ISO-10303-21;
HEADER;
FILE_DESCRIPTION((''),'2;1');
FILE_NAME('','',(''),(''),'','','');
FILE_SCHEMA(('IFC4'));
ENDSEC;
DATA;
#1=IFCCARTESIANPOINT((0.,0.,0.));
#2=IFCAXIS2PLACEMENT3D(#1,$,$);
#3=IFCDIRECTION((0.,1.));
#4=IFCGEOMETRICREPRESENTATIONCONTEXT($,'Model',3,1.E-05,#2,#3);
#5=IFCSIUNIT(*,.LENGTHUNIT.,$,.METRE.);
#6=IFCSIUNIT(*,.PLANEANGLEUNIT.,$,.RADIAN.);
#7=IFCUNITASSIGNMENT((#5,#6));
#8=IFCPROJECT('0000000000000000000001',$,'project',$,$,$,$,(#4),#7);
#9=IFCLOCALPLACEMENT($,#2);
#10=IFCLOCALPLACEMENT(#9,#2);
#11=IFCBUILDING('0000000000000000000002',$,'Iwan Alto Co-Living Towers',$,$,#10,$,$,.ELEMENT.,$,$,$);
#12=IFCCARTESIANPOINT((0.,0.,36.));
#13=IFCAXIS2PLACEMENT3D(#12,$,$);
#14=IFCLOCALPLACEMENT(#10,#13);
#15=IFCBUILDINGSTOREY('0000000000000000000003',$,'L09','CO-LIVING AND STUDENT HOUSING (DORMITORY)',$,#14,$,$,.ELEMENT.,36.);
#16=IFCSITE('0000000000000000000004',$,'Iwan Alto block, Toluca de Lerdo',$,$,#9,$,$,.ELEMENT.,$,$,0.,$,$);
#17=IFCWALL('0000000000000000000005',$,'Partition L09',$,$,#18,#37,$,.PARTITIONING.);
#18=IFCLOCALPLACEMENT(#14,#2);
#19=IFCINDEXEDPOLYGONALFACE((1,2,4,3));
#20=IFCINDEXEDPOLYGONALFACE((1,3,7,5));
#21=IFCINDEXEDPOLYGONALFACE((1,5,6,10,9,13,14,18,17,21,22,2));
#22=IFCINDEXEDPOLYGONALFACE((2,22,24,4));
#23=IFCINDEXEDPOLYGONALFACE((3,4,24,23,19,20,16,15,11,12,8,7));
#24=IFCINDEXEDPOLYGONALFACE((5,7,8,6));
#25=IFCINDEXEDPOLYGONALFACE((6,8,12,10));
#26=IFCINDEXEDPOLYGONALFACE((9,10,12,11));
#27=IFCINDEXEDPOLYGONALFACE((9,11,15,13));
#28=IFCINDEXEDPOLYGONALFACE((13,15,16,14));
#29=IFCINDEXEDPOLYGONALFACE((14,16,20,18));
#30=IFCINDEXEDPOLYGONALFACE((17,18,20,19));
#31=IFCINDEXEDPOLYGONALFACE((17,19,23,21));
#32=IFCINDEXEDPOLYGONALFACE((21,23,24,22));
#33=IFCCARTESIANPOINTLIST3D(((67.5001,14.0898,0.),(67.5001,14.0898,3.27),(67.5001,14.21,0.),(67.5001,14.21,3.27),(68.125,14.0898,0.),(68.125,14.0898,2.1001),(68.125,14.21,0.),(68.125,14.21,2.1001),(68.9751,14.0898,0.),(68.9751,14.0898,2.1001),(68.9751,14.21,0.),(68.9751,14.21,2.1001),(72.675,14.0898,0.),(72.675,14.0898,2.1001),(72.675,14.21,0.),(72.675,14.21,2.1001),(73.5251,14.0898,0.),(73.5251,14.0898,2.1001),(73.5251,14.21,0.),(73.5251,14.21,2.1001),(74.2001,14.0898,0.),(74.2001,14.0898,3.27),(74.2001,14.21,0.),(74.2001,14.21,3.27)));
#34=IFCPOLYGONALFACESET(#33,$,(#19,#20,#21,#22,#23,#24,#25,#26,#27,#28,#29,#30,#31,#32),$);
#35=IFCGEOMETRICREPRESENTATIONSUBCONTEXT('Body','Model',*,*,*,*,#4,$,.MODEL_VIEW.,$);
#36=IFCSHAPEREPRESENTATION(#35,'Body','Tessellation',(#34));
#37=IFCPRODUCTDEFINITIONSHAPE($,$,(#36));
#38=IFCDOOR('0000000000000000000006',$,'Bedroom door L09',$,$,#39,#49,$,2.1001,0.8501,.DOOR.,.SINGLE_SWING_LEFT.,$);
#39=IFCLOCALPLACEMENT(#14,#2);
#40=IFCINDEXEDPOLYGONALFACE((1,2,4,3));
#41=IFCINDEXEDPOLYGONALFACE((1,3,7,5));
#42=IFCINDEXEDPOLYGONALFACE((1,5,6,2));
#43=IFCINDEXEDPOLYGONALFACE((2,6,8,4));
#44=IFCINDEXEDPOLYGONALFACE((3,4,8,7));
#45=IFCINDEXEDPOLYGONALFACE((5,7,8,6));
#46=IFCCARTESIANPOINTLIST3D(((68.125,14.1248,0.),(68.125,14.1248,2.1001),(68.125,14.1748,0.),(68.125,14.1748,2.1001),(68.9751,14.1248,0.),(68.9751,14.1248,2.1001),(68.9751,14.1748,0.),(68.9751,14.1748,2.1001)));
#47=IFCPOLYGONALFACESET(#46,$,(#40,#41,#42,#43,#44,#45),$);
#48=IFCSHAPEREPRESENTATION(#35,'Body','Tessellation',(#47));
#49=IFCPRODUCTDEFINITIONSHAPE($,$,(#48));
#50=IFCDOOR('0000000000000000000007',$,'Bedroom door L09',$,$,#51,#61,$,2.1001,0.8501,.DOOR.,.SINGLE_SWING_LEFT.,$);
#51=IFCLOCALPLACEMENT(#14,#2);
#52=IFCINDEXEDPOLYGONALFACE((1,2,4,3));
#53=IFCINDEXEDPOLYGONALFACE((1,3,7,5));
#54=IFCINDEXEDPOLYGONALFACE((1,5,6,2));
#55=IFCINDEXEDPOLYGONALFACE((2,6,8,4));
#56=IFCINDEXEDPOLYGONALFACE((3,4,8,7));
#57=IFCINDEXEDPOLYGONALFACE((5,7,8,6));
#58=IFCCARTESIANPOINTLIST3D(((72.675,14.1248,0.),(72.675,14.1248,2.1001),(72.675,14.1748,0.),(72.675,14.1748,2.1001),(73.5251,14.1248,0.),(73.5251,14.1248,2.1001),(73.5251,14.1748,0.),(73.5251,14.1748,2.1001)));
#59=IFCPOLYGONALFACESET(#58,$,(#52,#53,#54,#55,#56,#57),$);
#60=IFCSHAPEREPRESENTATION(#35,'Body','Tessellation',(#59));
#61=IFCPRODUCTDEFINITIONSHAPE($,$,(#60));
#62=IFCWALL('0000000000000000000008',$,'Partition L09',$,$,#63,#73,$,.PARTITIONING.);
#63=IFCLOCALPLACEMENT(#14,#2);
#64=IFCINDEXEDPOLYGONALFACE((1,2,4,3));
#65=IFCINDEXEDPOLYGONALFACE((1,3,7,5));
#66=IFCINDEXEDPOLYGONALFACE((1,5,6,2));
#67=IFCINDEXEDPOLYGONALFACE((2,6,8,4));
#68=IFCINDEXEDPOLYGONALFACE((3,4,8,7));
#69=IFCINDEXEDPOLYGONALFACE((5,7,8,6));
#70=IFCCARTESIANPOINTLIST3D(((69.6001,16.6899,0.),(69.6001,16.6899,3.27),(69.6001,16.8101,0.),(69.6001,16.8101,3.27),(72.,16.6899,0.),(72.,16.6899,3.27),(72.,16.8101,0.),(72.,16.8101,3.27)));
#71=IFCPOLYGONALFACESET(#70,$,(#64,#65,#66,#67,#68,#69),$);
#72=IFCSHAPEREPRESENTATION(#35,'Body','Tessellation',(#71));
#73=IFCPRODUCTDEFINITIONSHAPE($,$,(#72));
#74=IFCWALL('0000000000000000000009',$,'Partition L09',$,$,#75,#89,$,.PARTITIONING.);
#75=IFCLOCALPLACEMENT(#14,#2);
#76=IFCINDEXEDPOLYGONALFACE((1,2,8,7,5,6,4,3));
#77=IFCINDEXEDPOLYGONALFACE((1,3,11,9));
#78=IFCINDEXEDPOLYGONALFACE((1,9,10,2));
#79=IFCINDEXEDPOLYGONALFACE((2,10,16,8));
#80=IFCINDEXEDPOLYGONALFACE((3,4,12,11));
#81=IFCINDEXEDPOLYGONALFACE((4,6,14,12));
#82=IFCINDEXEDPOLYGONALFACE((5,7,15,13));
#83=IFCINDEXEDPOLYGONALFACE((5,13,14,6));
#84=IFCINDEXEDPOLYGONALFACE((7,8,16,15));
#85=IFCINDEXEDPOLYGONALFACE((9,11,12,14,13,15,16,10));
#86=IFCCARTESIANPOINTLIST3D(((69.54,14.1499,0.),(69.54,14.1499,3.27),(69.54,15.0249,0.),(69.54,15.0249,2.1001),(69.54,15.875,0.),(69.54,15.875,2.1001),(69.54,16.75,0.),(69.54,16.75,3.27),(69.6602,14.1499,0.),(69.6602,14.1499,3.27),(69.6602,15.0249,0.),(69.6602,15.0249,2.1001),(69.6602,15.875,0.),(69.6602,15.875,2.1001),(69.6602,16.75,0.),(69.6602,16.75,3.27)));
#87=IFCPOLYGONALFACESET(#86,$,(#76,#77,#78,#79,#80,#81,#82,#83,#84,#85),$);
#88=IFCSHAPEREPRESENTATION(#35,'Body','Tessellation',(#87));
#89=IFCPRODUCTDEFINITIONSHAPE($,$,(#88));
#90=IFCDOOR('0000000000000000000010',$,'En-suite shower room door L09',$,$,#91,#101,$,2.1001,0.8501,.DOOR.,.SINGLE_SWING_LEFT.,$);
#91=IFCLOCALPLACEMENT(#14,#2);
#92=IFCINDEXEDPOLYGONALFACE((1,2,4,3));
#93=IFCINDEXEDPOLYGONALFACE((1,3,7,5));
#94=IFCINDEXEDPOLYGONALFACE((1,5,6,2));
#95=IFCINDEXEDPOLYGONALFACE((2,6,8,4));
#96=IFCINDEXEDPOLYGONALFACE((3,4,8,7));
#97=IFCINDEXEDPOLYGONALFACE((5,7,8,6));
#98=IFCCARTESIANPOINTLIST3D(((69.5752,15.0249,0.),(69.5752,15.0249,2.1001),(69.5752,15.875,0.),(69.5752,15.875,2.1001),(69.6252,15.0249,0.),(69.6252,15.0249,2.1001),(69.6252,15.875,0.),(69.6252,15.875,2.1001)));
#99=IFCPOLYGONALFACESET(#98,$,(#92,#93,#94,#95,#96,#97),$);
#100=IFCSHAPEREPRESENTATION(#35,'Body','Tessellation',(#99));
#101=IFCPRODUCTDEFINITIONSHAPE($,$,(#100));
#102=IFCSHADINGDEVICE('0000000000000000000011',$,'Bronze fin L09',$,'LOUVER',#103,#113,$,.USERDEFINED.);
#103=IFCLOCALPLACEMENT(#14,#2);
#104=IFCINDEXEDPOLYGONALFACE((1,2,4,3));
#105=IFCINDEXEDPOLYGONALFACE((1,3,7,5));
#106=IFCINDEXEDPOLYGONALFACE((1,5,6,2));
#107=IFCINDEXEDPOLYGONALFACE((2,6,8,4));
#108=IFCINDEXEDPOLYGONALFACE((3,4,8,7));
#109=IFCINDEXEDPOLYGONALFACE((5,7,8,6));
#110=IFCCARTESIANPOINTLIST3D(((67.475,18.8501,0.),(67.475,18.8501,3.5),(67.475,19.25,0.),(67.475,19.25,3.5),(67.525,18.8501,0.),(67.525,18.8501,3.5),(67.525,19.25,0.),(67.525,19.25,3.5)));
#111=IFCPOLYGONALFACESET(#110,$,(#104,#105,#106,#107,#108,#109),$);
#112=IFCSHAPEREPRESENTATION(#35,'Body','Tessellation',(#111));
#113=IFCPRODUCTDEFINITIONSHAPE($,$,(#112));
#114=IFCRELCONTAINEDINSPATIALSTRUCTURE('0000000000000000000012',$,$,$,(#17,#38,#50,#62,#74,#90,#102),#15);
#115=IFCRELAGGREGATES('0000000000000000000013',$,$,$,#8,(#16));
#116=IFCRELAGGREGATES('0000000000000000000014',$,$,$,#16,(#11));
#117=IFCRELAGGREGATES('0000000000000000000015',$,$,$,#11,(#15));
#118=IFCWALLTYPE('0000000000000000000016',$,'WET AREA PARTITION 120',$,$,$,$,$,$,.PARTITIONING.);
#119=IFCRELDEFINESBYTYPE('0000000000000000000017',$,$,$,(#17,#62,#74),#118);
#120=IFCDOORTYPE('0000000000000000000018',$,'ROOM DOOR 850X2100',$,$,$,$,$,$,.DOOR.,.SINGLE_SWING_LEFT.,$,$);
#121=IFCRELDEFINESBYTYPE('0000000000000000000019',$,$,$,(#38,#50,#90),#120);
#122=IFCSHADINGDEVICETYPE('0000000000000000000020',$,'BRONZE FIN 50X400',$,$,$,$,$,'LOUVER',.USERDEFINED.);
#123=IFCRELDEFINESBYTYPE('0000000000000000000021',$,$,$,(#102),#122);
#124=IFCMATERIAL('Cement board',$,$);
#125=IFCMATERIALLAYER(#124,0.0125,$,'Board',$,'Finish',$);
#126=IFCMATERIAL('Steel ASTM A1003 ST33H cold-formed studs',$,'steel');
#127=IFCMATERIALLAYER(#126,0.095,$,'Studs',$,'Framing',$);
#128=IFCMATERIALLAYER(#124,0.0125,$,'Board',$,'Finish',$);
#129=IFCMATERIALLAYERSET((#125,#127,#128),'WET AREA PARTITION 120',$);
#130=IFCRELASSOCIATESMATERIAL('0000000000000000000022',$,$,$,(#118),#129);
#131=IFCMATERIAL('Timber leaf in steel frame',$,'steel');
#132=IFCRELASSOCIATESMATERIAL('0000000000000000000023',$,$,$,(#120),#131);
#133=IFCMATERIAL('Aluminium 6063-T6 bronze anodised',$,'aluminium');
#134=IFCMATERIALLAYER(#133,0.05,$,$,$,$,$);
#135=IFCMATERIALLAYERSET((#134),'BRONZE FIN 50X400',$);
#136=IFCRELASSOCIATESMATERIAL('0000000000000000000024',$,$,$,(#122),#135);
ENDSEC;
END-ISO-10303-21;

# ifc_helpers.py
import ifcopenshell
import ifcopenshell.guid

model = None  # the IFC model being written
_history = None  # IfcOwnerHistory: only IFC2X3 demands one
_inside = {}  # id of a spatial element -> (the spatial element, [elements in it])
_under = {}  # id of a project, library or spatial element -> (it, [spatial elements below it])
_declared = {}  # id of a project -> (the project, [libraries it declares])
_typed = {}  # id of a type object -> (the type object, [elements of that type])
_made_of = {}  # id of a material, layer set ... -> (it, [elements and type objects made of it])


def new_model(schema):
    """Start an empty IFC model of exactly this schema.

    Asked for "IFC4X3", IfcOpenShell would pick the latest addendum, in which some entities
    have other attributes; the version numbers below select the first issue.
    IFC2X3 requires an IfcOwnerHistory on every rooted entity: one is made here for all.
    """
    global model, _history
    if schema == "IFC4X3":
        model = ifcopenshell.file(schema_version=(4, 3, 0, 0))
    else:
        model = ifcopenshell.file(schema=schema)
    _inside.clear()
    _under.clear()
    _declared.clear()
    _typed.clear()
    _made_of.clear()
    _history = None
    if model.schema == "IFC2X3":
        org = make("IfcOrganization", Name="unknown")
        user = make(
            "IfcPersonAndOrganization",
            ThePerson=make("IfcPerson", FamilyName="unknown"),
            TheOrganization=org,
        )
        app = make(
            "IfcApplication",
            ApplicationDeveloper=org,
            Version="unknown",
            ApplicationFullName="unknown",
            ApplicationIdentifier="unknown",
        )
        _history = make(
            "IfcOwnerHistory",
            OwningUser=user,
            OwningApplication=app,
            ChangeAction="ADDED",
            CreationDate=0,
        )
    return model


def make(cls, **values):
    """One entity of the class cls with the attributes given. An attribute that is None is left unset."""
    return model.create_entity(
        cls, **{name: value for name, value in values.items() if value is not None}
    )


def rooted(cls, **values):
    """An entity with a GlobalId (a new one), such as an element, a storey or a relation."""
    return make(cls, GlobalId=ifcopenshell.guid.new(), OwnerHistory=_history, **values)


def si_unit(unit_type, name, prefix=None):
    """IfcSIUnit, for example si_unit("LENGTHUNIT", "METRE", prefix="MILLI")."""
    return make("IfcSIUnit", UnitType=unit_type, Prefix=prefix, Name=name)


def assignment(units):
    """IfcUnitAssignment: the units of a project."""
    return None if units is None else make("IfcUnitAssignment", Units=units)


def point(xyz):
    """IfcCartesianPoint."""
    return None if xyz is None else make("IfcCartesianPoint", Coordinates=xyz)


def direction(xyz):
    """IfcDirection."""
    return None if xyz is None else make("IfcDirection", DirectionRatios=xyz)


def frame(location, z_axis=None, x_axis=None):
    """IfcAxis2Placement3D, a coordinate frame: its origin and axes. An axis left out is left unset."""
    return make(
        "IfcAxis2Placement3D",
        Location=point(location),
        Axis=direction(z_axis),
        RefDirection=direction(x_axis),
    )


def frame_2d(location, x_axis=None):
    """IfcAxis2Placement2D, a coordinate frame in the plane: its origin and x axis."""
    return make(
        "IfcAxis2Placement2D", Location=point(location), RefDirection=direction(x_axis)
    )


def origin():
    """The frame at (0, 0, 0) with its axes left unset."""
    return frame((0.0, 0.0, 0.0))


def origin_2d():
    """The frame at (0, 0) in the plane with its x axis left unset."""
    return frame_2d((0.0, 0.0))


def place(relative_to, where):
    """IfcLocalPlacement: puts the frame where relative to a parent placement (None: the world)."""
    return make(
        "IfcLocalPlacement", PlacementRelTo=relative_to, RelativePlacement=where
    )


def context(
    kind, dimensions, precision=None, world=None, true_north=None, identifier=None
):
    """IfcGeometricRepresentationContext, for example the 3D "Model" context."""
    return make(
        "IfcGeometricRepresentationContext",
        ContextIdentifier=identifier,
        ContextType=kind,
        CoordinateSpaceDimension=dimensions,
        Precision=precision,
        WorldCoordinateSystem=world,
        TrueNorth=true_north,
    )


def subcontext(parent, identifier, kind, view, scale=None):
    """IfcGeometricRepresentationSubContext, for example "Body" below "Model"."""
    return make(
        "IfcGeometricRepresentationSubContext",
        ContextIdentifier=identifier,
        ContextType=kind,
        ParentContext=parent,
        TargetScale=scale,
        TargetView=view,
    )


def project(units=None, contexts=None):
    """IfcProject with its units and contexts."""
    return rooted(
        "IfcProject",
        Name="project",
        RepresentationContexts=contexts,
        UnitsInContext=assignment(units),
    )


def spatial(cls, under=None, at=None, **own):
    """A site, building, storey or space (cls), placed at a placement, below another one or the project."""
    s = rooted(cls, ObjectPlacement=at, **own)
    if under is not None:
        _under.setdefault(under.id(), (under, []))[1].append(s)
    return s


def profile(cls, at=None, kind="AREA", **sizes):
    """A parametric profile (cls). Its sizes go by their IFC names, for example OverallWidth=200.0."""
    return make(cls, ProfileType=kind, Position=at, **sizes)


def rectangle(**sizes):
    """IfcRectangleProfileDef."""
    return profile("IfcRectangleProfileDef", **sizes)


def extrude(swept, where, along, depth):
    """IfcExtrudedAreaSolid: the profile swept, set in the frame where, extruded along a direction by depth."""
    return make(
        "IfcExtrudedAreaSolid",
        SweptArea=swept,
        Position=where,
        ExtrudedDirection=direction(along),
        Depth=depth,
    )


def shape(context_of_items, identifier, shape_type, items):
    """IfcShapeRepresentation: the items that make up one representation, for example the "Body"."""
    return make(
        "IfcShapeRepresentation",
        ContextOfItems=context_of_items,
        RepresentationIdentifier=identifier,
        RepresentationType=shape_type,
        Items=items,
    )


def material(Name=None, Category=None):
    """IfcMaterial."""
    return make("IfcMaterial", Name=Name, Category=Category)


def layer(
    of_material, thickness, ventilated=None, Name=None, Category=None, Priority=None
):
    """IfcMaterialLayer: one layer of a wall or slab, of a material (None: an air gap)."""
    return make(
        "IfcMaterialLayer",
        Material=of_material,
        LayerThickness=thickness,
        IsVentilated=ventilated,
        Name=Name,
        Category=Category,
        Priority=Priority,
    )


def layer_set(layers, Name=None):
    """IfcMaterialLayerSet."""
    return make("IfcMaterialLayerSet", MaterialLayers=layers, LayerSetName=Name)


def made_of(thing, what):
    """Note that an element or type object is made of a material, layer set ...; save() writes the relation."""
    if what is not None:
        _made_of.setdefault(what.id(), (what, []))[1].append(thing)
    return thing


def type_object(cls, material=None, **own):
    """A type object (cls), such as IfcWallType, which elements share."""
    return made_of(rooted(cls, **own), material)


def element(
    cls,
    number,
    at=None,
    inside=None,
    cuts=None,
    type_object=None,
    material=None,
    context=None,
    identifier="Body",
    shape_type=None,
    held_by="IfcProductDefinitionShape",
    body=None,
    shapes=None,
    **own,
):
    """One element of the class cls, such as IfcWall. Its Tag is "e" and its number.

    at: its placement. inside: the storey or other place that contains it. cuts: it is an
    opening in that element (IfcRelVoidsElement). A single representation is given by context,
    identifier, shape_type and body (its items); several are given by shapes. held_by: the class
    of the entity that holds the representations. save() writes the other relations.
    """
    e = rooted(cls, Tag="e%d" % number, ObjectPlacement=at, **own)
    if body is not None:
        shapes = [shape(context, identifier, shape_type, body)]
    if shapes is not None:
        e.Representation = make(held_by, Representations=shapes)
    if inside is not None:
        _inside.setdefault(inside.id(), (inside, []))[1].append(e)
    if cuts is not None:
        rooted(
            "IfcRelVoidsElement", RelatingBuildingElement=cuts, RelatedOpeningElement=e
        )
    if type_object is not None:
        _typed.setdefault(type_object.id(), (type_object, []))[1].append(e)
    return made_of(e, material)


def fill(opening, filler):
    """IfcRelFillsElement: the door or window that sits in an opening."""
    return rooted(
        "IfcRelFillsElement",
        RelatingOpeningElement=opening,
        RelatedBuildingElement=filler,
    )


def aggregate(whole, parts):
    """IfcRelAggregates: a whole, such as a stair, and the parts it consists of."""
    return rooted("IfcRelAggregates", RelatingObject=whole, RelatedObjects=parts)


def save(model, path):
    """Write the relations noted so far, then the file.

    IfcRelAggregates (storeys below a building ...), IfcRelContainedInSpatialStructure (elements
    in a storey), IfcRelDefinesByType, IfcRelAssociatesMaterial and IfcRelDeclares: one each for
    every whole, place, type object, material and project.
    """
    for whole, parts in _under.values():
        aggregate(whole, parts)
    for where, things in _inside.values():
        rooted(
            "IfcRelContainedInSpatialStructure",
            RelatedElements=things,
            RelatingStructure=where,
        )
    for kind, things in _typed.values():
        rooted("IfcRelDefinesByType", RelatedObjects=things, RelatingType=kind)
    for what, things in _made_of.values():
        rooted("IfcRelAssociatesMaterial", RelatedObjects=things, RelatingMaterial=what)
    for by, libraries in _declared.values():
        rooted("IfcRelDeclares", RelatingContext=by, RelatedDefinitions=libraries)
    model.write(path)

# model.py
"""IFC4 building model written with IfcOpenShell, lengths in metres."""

from ifc_helpers import new_model, si_unit, direction, frame, frame_2d, origin, origin_2d, place, context, subcontext, project, spatial, rectangle, extrude, material, layer, layer_set, type_object, element, fill, save


model = new_model("IFC4")

# Units and contexts
model_context = context("Model", 3, precision=1e-05, world=origin(), true_north=direction((0.0, 1.0)))
body_context = subcontext(model_context, "Body", "Model", "MODEL_VIEW")
ifc_project = project(units=[si_unit("LENGTHUNIT", "METRE"), si_unit("PLANEANGLEUNIT", "RADIAN")], contexts=[model_context])

# Site, building, storey
site_placement = place(None, origin())
site = spatial("IfcSite", under=ifc_project, at=site_placement, Name="Iwan Alto block, Toluca de Lerdo", CompositionType="ELEMENT", RefElevation=0.0)
building_placement = place(site_placement, origin())
building = spatial("IfcBuilding", under=site, at=building_placement, Name="Iwan Alto Co-Living Towers", CompositionType="ELEMENT")
storey_placement = place(building_placement, frame((0.0, 0.0, 36.0)))
storey = spatial("IfcBuildingStorey", under=building, at=storey_placement, Name="L09", Description="CO-LIVING AND STUDENT HOUSING (DORMITORY)", CompositionType="ELEMENT", Elevation=36.0)

# Wall, openings, doors
ifc_material_1 = material(Name="Cement board")
ifc_layer_1 = layer(ifc_material_1, 0.0125, Name="Board", Category="Finish")
ifc_material_2 = material(Name="Steel ASTM A1003 ST33H cold-formed studs", Category="steel")
ifc_layer_2 = layer(ifc_material_2, 0.095, Name="Studs", Category="Framing")
ifc_layer_3 = layer(ifc_material_1, 0.0125, Name="Board", Category="Finish")
ifc_layer_set_1 = layer_set([ifc_layer_1, ifc_layer_2, ifc_layer_3], Name="WET AREA PARTITION 120")
wall_type = type_object("IfcWallType", Name="WET AREA PARTITION 120", PredefinedType="PARTITIONING", material=ifc_layer_set_1)
wall_1_placement = place(storey_placement, frame((67.5, 14.1499, 0.0), z_axis=(0.0, 0.0, 1.0), x_axis=(1.0, 0.0, 0.0)))
wall_1 = element("IfcWall", 1, at=wall_1_placement, inside=storey, type_object=wall_type, Name="Partition L09", PredefinedType="PARTITIONING", context=body_context, shape_type="SweptSolid", body=[
    extrude(rectangle(XDim=6.7, YDim=0.1201, at=frame_2d((3.3501, 0.0))), origin(), (0.0, 0.0, 1.0), 3.27),
])
opening_1_placement = place(wall_1_placement, frame((0.625, 0.0, 0.0)))
opening_1 = element("IfcOpeningElement", 2, at=opening_1_placement, cuts=wall_1, PredefinedType="OPENING", context=body_context, shape_type="SweptSolid", body=[
    extrude(rectangle(XDim=0.8501, YDim=2.1001, at=frame_2d((0.425, 1.05))), frame((0.0, 0.0701, 0.0), z_axis=(0.0, -1.0, 0.0), x_axis=(1.0, 0.0, 0.0)), (0.0, 0.0, 1.0), 0.1401),
])
opening_2_placement = place(wall_1_placement, frame((5.175, 0.0, 0.0)))
opening_2 = element("IfcOpeningElement", 3, at=opening_2_placement, cuts=wall_1, PredefinedType="OPENING", context=body_context, shape_type="SweptSolid", body=[
    extrude(rectangle(XDim=0.8501, YDim=2.1001, at=frame_2d((0.425, 1.05))), frame((0.0, 0.0701, 0.0), z_axis=(0.0, -1.0, 0.0), x_axis=(1.0, 0.0, 0.0)), (0.0, 0.0, 1.0), 0.1401),
])
ifc_material_3 = material(Name="Timber leaf in steel frame", Category="steel")
door_type = type_object("IfcDoorType", Name="ROOM DOOR 850X2100", OperationType="SINGLE_SWING_LEFT", PredefinedType="DOOR", material=ifc_material_3)
door_1_placement = place(opening_1_placement, origin())
door_1 = element("IfcDoor", 4, at=door_1_placement, inside=storey, type_object=door_type, Name="Bedroom door L09", OperationType="SINGLE_SWING_LEFT", OverallHeight=2.1001, OverallWidth=0.8501, PredefinedType="DOOR", context=body_context, shape_type="SweptSolid", body=[
    extrude(rectangle(XDim=0.8501, YDim=2.1001, at=frame_2d((0.425, 1.05))), frame((0.0, 0.0249, 0.0), z_axis=(0.0, -1.0, 0.0), x_axis=(1.0, 0.0, 0.0)), (0.0, 0.0, 1.0), 0.05),
])
fill(opening_1, door_1)
door_2_placement = place(opening_2_placement, origin())
door_2 = element("IfcDoor", 5, at=door_2_placement, inside=storey, type_object=door_type, Name="Bedroom door L09", OperationType="SINGLE_SWING_LEFT", OverallHeight=2.1001, OverallWidth=0.8501, PredefinedType="DOOR", context=body_context, shape_type="SweptSolid", body=[
    extrude(rectangle(XDim=0.8501, YDim=2.1001, at=frame_2d((0.425, 1.05))), frame((0.0, 0.0249, 0.0), z_axis=(0.0, -1.0, 0.0), x_axis=(1.0, 0.0, 0.0)), (0.0, 0.0, 1.0), 0.05),
])
fill(opening_2, door_2)

# Wall
wall_2_placement = place(storey_placement, frame((69.6001, 16.75, 0.0), z_axis=(0.0, 0.0, 1.0), x_axis=(1.0, 0.0, 0.0)))
element("IfcWall", 6, at=wall_2_placement, inside=storey, type_object=wall_type, Name="Partition L09", PredefinedType="PARTITIONING", context=body_context, shape_type="SweptSolid", body=[
    extrude(rectangle(XDim=2.3999, YDim=0.1201, at=frame_2d((1.2, 0.0))), origin(), (0.0, 0.0, 1.0), 3.27),
])

# Wall, opening, door
wall_3_placement = place(storey_placement, frame((69.6001, 14.1499, 0.0), z_axis=(0.0, 0.0, 1.0), x_axis=(0.0, 1.0, 0.0)))
wall_3 = element("IfcWall", 7, at=wall_3_placement, inside=storey, type_object=wall_type, Name="Partition L09", PredefinedType="PARTITIONING", context=body_context, shape_type="SweptSolid", body=[
    extrude(rectangle(XDim=2.6001, YDim=0.1201, at=frame_2d((1.3, 0.0))), origin(), (0.0, 0.0, 1.0), 3.27),
])
opening_3_placement = place(wall_3_placement, frame((0.875, 0.0, 0.0)))
opening_3 = element("IfcOpeningElement", 8, at=opening_3_placement, cuts=wall_3, PredefinedType="OPENING", context=body_context, shape_type="SweptSolid", body=[
    extrude(rectangle(XDim=0.8501, YDim=2.1001, at=frame_2d((0.425, 1.05))), frame((0.0, 0.0701, 0.0), z_axis=(0.0, -1.0, 0.0), x_axis=(1.0, 0.0, 0.0)), (0.0, 0.0, 1.0), 0.1401),
])
door_3_placement = place(opening_3_placement, origin())
door_3 = element("IfcDoor", 9, at=door_3_placement, inside=storey, type_object=door_type, Name="En-suite shower room door L09", OperationType="SINGLE_SWING_LEFT", OverallHeight=2.1001, OverallWidth=0.8501, PredefinedType="DOOR", context=body_context, shape_type="SweptSolid", body=[
    extrude(rectangle(XDim=0.8501, YDim=2.1001, at=frame_2d((0.425, 1.05))), frame((0.0, 0.0249, 0.0), z_axis=(0.0, -1.0, 0.0), x_axis=(1.0, 0.0, 0.0)), (0.0, 0.0, 1.0), 0.05),
])
fill(opening_3, door_3)

# Shading device
ifc_material_4 = material(Name="Aluminium 6063-T6 bronze anodised", Category="aluminium")
ifc_layer_4 = layer(ifc_material_4, 0.05)
ifc_layer_set_2 = layer_set([ifc_layer_4], Name="BRONZE FIN 50X400")
shading_device_type = type_object("IfcShadingDeviceType", Name="BRONZE FIN 50X400", ElementType="LOUVER", PredefinedType="USERDEFINED", material=ifc_layer_set_2)
shading_device_placement = place(storey_placement, frame((67.5, 19.05, 0.0), z_axis=(0.0, 0.0, 1.0), x_axis=(-1.0, 0.0, 0.0)))
element("IfcShadingDevice", 10, at=shading_device_placement, inside=storey, type_object=shading_device_type, Name="Bronze fin L09", ObjectType="LOUVER", PredefinedType="USERDEFINED", context=body_context, shape_type="SweptSolid", body=[
    extrude(rectangle(XDim=0.05, YDim=0.3999, at=origin_2d()), origin(), (0.0, 0.0, 1.0), 3.5),
])

save(model, "model.ifc")
